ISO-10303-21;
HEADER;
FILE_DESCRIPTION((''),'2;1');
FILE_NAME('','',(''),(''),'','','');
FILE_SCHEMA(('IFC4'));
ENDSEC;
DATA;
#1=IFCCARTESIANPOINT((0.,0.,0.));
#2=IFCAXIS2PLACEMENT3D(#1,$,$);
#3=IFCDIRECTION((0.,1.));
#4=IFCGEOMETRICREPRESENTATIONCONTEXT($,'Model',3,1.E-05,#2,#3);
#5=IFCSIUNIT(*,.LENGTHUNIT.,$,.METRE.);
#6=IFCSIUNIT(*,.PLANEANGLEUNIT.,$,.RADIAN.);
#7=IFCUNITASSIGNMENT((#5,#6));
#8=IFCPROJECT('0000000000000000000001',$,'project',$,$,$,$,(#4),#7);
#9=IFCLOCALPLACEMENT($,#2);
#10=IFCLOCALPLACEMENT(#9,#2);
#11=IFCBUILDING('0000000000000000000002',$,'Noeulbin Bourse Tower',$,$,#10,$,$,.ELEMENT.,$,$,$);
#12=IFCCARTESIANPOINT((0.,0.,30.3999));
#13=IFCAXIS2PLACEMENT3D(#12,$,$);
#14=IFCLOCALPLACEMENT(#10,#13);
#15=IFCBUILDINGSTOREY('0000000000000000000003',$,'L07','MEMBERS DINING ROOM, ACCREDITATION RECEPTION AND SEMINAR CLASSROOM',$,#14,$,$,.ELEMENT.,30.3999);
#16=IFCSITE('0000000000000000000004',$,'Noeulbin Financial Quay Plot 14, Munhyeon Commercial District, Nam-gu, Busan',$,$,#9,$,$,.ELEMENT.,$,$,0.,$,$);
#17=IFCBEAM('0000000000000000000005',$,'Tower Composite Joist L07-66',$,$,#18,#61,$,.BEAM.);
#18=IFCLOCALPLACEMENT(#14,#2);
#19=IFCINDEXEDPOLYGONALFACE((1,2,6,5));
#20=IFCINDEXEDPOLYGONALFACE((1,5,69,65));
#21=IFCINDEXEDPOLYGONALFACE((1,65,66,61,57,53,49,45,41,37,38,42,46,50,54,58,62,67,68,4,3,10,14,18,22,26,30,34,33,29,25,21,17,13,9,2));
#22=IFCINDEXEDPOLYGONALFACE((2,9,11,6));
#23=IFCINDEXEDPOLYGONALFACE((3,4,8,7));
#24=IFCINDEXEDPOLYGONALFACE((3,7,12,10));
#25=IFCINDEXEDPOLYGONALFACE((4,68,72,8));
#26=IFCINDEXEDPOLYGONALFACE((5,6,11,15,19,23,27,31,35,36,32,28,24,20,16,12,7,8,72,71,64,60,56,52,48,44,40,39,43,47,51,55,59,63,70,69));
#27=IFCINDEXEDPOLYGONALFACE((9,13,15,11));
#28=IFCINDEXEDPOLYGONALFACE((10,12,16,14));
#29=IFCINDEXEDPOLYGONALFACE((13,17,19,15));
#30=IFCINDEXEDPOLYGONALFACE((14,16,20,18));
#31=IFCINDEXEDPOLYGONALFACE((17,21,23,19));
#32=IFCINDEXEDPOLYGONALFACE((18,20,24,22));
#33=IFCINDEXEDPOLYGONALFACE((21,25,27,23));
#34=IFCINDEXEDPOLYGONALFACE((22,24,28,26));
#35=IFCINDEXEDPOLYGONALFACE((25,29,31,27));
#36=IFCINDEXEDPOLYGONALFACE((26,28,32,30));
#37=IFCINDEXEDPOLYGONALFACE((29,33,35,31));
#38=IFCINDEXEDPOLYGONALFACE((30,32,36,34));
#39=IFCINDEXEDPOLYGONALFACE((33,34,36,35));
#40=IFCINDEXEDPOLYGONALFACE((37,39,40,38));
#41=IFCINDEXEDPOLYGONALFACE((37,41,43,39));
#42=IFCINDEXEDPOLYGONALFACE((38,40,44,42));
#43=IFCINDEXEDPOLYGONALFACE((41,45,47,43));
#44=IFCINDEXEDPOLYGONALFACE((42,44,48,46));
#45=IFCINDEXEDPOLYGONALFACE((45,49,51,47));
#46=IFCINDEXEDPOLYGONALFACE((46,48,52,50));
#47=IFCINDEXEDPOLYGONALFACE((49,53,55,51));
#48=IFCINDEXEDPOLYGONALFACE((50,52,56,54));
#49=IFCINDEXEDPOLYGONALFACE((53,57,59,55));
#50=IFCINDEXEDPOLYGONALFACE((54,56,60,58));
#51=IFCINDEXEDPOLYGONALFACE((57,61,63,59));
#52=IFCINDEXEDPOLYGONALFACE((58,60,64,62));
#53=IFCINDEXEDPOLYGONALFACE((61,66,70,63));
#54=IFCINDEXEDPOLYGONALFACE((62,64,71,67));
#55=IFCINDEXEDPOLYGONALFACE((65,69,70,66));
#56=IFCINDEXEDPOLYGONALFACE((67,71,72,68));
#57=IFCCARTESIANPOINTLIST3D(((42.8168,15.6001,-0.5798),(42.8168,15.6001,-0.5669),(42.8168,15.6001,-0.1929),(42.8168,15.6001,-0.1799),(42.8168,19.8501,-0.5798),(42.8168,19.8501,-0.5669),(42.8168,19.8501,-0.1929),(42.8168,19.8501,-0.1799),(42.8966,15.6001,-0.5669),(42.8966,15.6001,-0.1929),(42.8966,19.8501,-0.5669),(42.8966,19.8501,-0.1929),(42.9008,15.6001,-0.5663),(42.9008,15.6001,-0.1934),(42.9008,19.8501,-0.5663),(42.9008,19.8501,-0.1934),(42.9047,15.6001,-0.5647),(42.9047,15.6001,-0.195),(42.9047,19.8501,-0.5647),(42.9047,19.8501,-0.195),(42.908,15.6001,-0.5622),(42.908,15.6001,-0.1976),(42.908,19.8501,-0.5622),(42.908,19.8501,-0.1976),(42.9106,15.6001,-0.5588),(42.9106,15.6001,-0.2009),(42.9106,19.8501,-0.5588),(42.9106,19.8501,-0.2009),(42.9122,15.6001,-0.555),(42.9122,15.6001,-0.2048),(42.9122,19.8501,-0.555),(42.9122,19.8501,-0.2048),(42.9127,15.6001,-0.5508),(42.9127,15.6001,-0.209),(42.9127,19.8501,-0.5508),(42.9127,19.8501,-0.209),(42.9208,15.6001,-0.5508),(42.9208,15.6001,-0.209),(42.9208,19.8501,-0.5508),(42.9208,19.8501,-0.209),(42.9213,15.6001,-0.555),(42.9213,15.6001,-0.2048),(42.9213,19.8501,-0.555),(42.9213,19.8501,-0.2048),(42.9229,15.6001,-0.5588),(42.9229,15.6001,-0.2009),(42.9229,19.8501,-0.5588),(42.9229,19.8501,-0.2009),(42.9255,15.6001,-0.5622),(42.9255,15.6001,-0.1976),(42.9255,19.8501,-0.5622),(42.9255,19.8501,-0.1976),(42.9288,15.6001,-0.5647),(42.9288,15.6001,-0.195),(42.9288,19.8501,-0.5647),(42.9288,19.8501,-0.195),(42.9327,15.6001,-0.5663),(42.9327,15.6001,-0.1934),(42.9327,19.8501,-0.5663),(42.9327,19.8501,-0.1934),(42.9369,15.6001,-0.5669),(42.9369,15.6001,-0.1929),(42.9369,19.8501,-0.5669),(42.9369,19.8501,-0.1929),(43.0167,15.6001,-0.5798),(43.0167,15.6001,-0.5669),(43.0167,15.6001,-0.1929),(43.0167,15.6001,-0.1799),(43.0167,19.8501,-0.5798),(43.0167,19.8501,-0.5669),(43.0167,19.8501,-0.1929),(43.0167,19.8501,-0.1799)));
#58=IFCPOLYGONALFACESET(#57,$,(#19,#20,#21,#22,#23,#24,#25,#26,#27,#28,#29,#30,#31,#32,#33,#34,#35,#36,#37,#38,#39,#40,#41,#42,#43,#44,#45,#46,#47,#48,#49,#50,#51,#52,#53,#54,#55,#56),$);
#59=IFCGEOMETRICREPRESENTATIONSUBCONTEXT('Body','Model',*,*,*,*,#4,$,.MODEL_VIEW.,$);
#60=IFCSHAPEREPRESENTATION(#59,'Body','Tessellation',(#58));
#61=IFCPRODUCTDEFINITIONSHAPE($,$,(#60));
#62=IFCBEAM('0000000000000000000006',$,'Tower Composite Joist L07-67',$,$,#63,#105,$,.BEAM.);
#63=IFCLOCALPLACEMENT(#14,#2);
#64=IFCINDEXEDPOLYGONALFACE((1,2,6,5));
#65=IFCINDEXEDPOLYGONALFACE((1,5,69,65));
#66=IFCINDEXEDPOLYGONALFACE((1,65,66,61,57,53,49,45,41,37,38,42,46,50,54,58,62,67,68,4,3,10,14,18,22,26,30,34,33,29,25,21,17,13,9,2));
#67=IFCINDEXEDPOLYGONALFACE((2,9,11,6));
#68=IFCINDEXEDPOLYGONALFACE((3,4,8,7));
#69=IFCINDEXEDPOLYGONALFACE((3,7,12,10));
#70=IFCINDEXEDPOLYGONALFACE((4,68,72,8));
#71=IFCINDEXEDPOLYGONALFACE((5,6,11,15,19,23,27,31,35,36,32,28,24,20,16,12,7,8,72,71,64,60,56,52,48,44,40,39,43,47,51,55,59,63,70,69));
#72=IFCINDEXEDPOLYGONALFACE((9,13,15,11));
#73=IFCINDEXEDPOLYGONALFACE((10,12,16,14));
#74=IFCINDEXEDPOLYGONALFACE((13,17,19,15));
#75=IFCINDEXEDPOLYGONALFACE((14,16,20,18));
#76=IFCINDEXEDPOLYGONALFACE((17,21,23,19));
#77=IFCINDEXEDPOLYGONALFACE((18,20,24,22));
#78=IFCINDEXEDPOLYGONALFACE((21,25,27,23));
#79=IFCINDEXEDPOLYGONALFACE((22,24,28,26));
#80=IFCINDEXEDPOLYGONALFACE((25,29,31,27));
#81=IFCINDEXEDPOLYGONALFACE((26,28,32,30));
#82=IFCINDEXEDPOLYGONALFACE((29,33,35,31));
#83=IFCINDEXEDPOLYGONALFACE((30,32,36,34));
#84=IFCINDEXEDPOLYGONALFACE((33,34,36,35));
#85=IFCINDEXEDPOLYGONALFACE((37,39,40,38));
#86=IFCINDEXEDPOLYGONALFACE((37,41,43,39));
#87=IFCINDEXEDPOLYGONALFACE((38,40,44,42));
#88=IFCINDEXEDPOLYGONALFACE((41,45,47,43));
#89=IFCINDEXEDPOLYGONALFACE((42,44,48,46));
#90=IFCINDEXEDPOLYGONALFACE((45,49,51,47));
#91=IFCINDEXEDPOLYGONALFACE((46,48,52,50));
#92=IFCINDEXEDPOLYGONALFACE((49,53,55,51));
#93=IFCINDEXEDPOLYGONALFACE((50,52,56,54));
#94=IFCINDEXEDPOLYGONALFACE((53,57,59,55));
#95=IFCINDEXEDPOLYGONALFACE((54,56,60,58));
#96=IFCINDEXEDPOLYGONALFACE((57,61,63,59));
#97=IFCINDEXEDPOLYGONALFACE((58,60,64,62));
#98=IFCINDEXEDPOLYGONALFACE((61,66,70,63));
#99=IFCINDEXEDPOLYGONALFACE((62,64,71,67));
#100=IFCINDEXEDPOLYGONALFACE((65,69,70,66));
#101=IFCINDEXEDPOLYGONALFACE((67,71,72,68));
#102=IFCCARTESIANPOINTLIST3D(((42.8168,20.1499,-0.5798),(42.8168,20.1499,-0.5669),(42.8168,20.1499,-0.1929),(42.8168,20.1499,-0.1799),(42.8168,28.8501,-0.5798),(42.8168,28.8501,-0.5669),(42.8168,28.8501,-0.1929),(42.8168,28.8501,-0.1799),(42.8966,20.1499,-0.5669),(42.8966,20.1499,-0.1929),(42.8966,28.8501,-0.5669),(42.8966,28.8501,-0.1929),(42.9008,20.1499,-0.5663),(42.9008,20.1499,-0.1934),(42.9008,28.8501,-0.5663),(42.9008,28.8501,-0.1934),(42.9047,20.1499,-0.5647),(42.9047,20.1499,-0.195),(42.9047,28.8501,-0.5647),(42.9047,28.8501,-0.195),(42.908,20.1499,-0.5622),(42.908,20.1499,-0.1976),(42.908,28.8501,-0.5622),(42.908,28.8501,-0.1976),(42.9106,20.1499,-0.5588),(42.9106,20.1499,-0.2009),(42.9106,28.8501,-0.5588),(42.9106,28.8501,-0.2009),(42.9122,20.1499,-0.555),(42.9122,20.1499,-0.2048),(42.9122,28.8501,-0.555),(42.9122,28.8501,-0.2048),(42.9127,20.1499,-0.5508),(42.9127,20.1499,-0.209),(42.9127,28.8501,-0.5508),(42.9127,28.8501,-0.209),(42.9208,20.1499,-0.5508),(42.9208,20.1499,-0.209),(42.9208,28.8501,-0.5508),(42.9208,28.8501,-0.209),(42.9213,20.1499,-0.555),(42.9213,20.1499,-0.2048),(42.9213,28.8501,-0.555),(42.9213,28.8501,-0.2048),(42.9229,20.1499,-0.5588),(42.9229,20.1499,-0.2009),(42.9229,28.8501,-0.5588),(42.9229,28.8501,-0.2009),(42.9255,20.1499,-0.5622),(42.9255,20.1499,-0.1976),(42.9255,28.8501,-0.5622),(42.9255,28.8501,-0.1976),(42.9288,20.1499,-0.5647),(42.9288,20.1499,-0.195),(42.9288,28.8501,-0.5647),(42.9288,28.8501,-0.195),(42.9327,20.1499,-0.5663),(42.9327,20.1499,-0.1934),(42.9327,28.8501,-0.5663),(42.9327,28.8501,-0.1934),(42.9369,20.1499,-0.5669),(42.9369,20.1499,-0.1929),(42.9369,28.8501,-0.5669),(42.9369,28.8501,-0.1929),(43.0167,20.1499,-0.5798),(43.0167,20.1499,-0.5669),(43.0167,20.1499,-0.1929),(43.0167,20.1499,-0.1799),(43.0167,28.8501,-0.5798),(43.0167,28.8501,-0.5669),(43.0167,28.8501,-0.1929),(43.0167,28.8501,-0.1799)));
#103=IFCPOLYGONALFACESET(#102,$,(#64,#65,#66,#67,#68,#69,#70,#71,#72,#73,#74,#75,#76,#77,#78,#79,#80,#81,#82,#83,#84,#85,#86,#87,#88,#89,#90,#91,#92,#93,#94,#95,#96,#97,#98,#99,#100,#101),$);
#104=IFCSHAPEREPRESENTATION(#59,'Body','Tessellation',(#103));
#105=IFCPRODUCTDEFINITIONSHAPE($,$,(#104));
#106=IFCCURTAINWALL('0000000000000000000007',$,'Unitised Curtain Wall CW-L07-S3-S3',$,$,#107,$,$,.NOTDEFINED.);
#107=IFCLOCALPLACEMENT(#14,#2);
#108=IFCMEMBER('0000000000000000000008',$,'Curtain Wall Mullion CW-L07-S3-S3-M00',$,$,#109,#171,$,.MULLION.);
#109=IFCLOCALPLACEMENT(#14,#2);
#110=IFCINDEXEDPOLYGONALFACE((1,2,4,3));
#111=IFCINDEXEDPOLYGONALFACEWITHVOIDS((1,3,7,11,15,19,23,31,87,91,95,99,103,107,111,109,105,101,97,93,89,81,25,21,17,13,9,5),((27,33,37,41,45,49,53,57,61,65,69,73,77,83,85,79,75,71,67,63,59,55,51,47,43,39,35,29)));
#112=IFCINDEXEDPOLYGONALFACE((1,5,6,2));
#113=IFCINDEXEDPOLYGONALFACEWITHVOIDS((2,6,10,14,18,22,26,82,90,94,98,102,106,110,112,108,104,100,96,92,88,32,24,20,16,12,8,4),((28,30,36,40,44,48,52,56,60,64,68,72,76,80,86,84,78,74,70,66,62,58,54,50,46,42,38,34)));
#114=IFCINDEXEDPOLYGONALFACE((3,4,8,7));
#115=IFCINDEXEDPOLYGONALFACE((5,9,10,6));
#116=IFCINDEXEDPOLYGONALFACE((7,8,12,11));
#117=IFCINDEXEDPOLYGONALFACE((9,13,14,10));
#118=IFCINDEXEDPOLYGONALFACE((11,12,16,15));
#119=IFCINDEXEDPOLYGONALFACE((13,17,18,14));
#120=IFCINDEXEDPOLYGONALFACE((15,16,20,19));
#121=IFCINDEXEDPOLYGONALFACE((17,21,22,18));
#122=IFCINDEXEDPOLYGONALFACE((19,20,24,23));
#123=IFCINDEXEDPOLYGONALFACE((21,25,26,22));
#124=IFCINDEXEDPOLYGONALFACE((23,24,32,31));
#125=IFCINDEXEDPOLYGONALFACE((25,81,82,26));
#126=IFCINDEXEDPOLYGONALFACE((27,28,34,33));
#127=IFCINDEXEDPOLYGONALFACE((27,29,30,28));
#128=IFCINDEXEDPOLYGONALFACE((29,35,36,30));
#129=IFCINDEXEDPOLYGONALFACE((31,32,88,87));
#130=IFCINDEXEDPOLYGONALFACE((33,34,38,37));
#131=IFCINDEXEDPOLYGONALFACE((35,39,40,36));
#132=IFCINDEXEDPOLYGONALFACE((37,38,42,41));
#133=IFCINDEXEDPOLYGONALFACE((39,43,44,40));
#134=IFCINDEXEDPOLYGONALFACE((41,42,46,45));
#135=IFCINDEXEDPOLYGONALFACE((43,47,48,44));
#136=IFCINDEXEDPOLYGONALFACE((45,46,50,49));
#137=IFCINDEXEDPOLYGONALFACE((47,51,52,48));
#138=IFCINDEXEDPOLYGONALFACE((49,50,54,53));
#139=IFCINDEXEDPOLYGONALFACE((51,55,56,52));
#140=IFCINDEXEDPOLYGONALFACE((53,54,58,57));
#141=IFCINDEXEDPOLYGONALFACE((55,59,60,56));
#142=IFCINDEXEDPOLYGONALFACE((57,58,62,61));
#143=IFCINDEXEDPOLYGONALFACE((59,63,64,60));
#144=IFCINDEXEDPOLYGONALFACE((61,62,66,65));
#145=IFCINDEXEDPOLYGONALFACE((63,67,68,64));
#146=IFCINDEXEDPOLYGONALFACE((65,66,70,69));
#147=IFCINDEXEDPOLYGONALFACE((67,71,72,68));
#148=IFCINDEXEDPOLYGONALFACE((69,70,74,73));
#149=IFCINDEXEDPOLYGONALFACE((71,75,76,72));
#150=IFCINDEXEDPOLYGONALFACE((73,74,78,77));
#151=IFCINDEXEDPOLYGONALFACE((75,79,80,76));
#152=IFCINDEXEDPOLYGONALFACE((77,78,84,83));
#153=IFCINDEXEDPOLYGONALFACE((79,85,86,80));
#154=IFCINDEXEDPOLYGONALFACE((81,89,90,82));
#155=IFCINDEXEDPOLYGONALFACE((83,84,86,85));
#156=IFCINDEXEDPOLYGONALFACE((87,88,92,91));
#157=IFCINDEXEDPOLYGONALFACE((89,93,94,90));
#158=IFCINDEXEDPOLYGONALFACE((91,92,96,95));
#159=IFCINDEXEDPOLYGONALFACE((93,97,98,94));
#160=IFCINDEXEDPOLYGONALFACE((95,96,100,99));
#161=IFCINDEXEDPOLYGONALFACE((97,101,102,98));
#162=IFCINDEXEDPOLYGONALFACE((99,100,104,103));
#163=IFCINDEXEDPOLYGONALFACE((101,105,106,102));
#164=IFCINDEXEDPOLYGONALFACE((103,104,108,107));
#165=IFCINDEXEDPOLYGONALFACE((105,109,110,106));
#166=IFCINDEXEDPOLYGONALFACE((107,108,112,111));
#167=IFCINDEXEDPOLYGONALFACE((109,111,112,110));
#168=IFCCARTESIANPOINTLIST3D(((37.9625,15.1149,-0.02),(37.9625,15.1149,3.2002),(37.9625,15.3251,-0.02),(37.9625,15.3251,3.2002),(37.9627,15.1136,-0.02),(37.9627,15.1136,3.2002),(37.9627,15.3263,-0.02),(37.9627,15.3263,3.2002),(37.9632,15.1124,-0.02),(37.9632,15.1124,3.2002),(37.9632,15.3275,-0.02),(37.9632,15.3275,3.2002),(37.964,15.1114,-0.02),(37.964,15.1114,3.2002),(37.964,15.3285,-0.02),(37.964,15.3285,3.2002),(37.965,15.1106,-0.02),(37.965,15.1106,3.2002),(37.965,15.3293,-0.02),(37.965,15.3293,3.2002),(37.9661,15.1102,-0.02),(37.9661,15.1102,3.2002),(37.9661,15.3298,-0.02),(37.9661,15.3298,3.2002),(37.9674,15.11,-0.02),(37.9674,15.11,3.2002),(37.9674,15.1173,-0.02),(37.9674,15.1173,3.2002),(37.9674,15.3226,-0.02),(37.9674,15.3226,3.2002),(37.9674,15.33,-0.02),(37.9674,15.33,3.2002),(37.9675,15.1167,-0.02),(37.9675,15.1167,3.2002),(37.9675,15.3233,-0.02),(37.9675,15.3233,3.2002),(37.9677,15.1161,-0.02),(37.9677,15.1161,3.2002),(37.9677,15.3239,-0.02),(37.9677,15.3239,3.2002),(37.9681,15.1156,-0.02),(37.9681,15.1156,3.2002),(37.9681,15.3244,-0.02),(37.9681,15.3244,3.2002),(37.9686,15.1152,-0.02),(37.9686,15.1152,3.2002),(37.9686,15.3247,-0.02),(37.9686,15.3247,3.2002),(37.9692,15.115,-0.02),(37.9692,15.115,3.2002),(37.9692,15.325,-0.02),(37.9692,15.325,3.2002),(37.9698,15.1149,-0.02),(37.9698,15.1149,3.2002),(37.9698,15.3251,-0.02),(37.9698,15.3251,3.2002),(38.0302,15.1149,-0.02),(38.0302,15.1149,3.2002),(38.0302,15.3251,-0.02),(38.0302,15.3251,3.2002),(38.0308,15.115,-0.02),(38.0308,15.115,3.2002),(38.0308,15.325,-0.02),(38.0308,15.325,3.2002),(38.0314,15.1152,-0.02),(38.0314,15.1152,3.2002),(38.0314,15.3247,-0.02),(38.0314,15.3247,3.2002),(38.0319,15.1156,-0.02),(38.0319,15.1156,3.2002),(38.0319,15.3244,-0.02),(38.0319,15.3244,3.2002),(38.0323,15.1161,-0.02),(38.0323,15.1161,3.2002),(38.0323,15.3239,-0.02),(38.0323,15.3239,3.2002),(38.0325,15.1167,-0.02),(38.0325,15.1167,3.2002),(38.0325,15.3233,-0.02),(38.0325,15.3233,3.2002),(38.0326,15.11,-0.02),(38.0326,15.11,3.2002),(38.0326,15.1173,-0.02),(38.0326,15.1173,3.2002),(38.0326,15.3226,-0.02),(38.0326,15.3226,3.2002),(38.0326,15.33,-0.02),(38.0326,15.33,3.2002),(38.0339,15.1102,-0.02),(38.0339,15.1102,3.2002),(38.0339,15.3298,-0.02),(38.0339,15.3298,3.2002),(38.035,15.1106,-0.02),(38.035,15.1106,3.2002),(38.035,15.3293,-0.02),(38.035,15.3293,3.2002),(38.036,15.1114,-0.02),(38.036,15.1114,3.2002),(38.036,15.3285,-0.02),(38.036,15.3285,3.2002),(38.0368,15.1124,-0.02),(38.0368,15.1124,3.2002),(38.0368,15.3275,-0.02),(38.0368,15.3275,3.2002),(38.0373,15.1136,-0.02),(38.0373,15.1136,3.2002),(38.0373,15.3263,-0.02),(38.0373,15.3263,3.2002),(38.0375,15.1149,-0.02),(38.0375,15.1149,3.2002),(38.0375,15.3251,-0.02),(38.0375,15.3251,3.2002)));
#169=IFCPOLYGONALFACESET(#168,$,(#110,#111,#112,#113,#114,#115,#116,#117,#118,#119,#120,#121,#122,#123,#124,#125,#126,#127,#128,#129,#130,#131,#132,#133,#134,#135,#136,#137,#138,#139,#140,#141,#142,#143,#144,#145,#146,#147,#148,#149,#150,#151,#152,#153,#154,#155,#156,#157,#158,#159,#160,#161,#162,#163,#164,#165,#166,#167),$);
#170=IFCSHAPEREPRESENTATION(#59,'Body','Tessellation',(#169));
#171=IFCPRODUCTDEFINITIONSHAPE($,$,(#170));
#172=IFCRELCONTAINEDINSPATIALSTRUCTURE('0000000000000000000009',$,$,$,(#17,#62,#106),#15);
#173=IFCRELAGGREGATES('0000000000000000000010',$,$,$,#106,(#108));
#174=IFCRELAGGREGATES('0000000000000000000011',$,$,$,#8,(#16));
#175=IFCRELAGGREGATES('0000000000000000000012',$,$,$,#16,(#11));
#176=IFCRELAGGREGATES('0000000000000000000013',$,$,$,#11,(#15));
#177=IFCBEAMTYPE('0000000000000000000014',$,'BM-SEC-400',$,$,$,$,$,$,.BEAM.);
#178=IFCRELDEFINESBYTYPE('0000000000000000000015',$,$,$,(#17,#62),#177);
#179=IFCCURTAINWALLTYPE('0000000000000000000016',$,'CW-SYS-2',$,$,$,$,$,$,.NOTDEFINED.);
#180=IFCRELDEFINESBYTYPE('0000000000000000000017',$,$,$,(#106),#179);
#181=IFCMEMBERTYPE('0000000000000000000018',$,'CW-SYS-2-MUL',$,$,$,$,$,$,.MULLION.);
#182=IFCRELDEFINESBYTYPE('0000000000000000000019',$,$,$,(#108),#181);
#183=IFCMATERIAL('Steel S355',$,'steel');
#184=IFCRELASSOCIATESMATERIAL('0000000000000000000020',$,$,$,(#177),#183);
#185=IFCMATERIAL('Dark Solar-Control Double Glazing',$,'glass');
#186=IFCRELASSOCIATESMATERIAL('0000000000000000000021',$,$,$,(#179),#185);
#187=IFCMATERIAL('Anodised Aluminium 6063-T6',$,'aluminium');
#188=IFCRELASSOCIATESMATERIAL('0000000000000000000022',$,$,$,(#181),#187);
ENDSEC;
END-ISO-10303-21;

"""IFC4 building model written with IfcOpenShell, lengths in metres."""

from ifc_helpers import new_model, si_unit, direction, frame, origin, origin_2d, place, context, subcontext, project, spatial, hollow_rectangle, i_section, extrude, material, material_profile, profile_set, type_object, element, aggregate, save


model = new_model("IFC4")

# Units and contexts
model_context = context("Model", 3, precision=1e-05, world=origin(), true_north=direction((0.0, 1.0)))
body_context = subcontext(model_context, "Body", "Model", "MODEL_VIEW")
ifc_project = project(units=[si_unit("LENGTHUNIT", "METRE"), si_unit("PLANEANGLEUNIT", "RADIAN")], contexts=[model_context])

# Site, building, storey
site_placement = place(None, origin())
site = spatial("IfcSite", under=ifc_project, at=site_placement, Name="Noeulbin Financial Quay Plot 14, Munhyeon Commercial District, Nam-gu, Busan", CompositionType="ELEMENT", RefElevation=0.0)
building_placement = place(site_placement, origin())
building = spatial("IfcBuilding", under=site, at=building_placement, Name="Noeulbin Bourse Tower", CompositionType="ELEMENT")
storey_placement = place(building_placement, frame((0.0, 0.0, 30.3999)))
storey = spatial("IfcBuildingStorey", under=building, at=storey_placement, Name="L07", Description="MEMBERS DINING ROOM, ACCREDITATION RECEPTION AND SEMINAR CLASSROOM", CompositionType="ELEMENT", Elevation=30.3999)

# Beams
ifc_material_1 = material(Name="Steel S355", Category="steel")
ifc_material_profile_1 = material_profile(ifc_material_1, i_section(OverallWidth=0.2, OverallDepth=0.3999, WebThickness=0.0081, FlangeThickness=0.0129, FilletRadius=0.0161, at=origin_2d()), Name="H-400x200x8x13", Category="LoadBearing")
ifc_profile_set_1 = profile_set([ifc_material_profile_1], Name="Steel S355")
beam_type_1 = type_object("IfcBeamType", Name="BM-SEC-400", PredefinedType="BEAM", material=ifc_profile_set_1)
beam_1_placement = place(storey_placement, frame((42.9167, 15.6001, -0.3799), z_axis=(0.0, 1.0, 0.0), x_axis=(-1.0, 0.0, 0.0)))
element("IfcBeam", 1, at=beam_1_placement, inside=storey, type_object=beam_type_1, Name="Tower Composite Joist L07-66", PredefinedType="BEAM", context=body_context, shape_type="SweptSolid", body=[
    extrude(i_section(OverallWidth=0.2, OverallDepth=0.3999, WebThickness=0.0081, FlangeThickness=0.0129, FilletRadius=0.0161, at=origin_2d()), origin(), (0.0, 0.0, 1.0), 4.25),
])
beam_2_placement = place(storey_placement, frame((42.9167, 20.1499, -0.3799), z_axis=(0.0, 1.0, 0.0), x_axis=(-1.0, 0.0, 0.0)))
element("IfcBeam", 2, at=beam_2_placement, inside=storey, type_object=beam_type_1, Name="Tower Composite Joist L07-67", PredefinedType="BEAM", context=body_context, shape_type="SweptSolid", body=[
    extrude(i_section(OverallWidth=0.2, OverallDepth=0.3999, WebThickness=0.0081, FlangeThickness=0.0129, FilletRadius=0.0161, at=origin_2d()), origin(), (0.0, 0.0, 1.0), 8.7002),
])

# Curtain wall, member
ifc_material_2 = material(Name="Dark Solar-Control Double Glazing", Category="glass")
curtain_wall_type = type_object("IfcCurtainWallType", Name="CW-SYS-2", PredefinedType="NOTDEFINED", material=ifc_material_2)
curtain_wall_placement = place(storey_placement, origin())
curtain_wall = element("IfcCurtainWall", 3, at=curtain_wall_placement, inside=storey, type_object=curtain_wall_type, Name="Unitised Curtain Wall CW-L07-S3-S3", PredefinedType="NOTDEFINED")
ifc_material_3 = material(Name="Anodised Aluminium 6063-T6", Category="aluminium")
ifc_material_profile_2 = material_profile(ifc_material_3, hollow_rectangle(XDim=0.075, YDim=0.22, WallThickness=0.0049, InnerFilletRadius=0.0024, OuterFilletRadius=0.0049, at=origin_2d()), Name="ALU-MULL-75x220x5", Category="LoadBearing")
ifc_profile_set_2 = profile_set([ifc_material_profile_2], Name="Anodised Aluminium 6063-T6")
member_type_1 = type_object("IfcMemberType", Name="CW-SYS-2-MUL", PredefinedType="MULLION", material=ifc_profile_set_2)
member_1_placement = place(storey_placement, frame((38.0, 15.22, -0.02), z_axis=(0.0, 0.0, 1.0), x_axis=(1.0, 0.0, 0.0)))
member_1 = element("IfcMember", 4, at=member_1_placement, type_object=member_type_1, Name="Curtain Wall Mullion CW-L07-S3-S3-M00", PredefinedType="MULLION", context=body_context, shape_type="SweptSolid", body=[
    extrude(hollow_rectangle(XDim=0.075, YDim=0.22, WallThickness=0.0049, InnerFilletRadius=0.0024, OuterFilletRadius=0.0049, at=origin_2d()), origin(), (0.0, 0.0, 1.0), 3.2202),
])
aggregate(curtain_wall, [member_1])

save(model, "model.ifc")
